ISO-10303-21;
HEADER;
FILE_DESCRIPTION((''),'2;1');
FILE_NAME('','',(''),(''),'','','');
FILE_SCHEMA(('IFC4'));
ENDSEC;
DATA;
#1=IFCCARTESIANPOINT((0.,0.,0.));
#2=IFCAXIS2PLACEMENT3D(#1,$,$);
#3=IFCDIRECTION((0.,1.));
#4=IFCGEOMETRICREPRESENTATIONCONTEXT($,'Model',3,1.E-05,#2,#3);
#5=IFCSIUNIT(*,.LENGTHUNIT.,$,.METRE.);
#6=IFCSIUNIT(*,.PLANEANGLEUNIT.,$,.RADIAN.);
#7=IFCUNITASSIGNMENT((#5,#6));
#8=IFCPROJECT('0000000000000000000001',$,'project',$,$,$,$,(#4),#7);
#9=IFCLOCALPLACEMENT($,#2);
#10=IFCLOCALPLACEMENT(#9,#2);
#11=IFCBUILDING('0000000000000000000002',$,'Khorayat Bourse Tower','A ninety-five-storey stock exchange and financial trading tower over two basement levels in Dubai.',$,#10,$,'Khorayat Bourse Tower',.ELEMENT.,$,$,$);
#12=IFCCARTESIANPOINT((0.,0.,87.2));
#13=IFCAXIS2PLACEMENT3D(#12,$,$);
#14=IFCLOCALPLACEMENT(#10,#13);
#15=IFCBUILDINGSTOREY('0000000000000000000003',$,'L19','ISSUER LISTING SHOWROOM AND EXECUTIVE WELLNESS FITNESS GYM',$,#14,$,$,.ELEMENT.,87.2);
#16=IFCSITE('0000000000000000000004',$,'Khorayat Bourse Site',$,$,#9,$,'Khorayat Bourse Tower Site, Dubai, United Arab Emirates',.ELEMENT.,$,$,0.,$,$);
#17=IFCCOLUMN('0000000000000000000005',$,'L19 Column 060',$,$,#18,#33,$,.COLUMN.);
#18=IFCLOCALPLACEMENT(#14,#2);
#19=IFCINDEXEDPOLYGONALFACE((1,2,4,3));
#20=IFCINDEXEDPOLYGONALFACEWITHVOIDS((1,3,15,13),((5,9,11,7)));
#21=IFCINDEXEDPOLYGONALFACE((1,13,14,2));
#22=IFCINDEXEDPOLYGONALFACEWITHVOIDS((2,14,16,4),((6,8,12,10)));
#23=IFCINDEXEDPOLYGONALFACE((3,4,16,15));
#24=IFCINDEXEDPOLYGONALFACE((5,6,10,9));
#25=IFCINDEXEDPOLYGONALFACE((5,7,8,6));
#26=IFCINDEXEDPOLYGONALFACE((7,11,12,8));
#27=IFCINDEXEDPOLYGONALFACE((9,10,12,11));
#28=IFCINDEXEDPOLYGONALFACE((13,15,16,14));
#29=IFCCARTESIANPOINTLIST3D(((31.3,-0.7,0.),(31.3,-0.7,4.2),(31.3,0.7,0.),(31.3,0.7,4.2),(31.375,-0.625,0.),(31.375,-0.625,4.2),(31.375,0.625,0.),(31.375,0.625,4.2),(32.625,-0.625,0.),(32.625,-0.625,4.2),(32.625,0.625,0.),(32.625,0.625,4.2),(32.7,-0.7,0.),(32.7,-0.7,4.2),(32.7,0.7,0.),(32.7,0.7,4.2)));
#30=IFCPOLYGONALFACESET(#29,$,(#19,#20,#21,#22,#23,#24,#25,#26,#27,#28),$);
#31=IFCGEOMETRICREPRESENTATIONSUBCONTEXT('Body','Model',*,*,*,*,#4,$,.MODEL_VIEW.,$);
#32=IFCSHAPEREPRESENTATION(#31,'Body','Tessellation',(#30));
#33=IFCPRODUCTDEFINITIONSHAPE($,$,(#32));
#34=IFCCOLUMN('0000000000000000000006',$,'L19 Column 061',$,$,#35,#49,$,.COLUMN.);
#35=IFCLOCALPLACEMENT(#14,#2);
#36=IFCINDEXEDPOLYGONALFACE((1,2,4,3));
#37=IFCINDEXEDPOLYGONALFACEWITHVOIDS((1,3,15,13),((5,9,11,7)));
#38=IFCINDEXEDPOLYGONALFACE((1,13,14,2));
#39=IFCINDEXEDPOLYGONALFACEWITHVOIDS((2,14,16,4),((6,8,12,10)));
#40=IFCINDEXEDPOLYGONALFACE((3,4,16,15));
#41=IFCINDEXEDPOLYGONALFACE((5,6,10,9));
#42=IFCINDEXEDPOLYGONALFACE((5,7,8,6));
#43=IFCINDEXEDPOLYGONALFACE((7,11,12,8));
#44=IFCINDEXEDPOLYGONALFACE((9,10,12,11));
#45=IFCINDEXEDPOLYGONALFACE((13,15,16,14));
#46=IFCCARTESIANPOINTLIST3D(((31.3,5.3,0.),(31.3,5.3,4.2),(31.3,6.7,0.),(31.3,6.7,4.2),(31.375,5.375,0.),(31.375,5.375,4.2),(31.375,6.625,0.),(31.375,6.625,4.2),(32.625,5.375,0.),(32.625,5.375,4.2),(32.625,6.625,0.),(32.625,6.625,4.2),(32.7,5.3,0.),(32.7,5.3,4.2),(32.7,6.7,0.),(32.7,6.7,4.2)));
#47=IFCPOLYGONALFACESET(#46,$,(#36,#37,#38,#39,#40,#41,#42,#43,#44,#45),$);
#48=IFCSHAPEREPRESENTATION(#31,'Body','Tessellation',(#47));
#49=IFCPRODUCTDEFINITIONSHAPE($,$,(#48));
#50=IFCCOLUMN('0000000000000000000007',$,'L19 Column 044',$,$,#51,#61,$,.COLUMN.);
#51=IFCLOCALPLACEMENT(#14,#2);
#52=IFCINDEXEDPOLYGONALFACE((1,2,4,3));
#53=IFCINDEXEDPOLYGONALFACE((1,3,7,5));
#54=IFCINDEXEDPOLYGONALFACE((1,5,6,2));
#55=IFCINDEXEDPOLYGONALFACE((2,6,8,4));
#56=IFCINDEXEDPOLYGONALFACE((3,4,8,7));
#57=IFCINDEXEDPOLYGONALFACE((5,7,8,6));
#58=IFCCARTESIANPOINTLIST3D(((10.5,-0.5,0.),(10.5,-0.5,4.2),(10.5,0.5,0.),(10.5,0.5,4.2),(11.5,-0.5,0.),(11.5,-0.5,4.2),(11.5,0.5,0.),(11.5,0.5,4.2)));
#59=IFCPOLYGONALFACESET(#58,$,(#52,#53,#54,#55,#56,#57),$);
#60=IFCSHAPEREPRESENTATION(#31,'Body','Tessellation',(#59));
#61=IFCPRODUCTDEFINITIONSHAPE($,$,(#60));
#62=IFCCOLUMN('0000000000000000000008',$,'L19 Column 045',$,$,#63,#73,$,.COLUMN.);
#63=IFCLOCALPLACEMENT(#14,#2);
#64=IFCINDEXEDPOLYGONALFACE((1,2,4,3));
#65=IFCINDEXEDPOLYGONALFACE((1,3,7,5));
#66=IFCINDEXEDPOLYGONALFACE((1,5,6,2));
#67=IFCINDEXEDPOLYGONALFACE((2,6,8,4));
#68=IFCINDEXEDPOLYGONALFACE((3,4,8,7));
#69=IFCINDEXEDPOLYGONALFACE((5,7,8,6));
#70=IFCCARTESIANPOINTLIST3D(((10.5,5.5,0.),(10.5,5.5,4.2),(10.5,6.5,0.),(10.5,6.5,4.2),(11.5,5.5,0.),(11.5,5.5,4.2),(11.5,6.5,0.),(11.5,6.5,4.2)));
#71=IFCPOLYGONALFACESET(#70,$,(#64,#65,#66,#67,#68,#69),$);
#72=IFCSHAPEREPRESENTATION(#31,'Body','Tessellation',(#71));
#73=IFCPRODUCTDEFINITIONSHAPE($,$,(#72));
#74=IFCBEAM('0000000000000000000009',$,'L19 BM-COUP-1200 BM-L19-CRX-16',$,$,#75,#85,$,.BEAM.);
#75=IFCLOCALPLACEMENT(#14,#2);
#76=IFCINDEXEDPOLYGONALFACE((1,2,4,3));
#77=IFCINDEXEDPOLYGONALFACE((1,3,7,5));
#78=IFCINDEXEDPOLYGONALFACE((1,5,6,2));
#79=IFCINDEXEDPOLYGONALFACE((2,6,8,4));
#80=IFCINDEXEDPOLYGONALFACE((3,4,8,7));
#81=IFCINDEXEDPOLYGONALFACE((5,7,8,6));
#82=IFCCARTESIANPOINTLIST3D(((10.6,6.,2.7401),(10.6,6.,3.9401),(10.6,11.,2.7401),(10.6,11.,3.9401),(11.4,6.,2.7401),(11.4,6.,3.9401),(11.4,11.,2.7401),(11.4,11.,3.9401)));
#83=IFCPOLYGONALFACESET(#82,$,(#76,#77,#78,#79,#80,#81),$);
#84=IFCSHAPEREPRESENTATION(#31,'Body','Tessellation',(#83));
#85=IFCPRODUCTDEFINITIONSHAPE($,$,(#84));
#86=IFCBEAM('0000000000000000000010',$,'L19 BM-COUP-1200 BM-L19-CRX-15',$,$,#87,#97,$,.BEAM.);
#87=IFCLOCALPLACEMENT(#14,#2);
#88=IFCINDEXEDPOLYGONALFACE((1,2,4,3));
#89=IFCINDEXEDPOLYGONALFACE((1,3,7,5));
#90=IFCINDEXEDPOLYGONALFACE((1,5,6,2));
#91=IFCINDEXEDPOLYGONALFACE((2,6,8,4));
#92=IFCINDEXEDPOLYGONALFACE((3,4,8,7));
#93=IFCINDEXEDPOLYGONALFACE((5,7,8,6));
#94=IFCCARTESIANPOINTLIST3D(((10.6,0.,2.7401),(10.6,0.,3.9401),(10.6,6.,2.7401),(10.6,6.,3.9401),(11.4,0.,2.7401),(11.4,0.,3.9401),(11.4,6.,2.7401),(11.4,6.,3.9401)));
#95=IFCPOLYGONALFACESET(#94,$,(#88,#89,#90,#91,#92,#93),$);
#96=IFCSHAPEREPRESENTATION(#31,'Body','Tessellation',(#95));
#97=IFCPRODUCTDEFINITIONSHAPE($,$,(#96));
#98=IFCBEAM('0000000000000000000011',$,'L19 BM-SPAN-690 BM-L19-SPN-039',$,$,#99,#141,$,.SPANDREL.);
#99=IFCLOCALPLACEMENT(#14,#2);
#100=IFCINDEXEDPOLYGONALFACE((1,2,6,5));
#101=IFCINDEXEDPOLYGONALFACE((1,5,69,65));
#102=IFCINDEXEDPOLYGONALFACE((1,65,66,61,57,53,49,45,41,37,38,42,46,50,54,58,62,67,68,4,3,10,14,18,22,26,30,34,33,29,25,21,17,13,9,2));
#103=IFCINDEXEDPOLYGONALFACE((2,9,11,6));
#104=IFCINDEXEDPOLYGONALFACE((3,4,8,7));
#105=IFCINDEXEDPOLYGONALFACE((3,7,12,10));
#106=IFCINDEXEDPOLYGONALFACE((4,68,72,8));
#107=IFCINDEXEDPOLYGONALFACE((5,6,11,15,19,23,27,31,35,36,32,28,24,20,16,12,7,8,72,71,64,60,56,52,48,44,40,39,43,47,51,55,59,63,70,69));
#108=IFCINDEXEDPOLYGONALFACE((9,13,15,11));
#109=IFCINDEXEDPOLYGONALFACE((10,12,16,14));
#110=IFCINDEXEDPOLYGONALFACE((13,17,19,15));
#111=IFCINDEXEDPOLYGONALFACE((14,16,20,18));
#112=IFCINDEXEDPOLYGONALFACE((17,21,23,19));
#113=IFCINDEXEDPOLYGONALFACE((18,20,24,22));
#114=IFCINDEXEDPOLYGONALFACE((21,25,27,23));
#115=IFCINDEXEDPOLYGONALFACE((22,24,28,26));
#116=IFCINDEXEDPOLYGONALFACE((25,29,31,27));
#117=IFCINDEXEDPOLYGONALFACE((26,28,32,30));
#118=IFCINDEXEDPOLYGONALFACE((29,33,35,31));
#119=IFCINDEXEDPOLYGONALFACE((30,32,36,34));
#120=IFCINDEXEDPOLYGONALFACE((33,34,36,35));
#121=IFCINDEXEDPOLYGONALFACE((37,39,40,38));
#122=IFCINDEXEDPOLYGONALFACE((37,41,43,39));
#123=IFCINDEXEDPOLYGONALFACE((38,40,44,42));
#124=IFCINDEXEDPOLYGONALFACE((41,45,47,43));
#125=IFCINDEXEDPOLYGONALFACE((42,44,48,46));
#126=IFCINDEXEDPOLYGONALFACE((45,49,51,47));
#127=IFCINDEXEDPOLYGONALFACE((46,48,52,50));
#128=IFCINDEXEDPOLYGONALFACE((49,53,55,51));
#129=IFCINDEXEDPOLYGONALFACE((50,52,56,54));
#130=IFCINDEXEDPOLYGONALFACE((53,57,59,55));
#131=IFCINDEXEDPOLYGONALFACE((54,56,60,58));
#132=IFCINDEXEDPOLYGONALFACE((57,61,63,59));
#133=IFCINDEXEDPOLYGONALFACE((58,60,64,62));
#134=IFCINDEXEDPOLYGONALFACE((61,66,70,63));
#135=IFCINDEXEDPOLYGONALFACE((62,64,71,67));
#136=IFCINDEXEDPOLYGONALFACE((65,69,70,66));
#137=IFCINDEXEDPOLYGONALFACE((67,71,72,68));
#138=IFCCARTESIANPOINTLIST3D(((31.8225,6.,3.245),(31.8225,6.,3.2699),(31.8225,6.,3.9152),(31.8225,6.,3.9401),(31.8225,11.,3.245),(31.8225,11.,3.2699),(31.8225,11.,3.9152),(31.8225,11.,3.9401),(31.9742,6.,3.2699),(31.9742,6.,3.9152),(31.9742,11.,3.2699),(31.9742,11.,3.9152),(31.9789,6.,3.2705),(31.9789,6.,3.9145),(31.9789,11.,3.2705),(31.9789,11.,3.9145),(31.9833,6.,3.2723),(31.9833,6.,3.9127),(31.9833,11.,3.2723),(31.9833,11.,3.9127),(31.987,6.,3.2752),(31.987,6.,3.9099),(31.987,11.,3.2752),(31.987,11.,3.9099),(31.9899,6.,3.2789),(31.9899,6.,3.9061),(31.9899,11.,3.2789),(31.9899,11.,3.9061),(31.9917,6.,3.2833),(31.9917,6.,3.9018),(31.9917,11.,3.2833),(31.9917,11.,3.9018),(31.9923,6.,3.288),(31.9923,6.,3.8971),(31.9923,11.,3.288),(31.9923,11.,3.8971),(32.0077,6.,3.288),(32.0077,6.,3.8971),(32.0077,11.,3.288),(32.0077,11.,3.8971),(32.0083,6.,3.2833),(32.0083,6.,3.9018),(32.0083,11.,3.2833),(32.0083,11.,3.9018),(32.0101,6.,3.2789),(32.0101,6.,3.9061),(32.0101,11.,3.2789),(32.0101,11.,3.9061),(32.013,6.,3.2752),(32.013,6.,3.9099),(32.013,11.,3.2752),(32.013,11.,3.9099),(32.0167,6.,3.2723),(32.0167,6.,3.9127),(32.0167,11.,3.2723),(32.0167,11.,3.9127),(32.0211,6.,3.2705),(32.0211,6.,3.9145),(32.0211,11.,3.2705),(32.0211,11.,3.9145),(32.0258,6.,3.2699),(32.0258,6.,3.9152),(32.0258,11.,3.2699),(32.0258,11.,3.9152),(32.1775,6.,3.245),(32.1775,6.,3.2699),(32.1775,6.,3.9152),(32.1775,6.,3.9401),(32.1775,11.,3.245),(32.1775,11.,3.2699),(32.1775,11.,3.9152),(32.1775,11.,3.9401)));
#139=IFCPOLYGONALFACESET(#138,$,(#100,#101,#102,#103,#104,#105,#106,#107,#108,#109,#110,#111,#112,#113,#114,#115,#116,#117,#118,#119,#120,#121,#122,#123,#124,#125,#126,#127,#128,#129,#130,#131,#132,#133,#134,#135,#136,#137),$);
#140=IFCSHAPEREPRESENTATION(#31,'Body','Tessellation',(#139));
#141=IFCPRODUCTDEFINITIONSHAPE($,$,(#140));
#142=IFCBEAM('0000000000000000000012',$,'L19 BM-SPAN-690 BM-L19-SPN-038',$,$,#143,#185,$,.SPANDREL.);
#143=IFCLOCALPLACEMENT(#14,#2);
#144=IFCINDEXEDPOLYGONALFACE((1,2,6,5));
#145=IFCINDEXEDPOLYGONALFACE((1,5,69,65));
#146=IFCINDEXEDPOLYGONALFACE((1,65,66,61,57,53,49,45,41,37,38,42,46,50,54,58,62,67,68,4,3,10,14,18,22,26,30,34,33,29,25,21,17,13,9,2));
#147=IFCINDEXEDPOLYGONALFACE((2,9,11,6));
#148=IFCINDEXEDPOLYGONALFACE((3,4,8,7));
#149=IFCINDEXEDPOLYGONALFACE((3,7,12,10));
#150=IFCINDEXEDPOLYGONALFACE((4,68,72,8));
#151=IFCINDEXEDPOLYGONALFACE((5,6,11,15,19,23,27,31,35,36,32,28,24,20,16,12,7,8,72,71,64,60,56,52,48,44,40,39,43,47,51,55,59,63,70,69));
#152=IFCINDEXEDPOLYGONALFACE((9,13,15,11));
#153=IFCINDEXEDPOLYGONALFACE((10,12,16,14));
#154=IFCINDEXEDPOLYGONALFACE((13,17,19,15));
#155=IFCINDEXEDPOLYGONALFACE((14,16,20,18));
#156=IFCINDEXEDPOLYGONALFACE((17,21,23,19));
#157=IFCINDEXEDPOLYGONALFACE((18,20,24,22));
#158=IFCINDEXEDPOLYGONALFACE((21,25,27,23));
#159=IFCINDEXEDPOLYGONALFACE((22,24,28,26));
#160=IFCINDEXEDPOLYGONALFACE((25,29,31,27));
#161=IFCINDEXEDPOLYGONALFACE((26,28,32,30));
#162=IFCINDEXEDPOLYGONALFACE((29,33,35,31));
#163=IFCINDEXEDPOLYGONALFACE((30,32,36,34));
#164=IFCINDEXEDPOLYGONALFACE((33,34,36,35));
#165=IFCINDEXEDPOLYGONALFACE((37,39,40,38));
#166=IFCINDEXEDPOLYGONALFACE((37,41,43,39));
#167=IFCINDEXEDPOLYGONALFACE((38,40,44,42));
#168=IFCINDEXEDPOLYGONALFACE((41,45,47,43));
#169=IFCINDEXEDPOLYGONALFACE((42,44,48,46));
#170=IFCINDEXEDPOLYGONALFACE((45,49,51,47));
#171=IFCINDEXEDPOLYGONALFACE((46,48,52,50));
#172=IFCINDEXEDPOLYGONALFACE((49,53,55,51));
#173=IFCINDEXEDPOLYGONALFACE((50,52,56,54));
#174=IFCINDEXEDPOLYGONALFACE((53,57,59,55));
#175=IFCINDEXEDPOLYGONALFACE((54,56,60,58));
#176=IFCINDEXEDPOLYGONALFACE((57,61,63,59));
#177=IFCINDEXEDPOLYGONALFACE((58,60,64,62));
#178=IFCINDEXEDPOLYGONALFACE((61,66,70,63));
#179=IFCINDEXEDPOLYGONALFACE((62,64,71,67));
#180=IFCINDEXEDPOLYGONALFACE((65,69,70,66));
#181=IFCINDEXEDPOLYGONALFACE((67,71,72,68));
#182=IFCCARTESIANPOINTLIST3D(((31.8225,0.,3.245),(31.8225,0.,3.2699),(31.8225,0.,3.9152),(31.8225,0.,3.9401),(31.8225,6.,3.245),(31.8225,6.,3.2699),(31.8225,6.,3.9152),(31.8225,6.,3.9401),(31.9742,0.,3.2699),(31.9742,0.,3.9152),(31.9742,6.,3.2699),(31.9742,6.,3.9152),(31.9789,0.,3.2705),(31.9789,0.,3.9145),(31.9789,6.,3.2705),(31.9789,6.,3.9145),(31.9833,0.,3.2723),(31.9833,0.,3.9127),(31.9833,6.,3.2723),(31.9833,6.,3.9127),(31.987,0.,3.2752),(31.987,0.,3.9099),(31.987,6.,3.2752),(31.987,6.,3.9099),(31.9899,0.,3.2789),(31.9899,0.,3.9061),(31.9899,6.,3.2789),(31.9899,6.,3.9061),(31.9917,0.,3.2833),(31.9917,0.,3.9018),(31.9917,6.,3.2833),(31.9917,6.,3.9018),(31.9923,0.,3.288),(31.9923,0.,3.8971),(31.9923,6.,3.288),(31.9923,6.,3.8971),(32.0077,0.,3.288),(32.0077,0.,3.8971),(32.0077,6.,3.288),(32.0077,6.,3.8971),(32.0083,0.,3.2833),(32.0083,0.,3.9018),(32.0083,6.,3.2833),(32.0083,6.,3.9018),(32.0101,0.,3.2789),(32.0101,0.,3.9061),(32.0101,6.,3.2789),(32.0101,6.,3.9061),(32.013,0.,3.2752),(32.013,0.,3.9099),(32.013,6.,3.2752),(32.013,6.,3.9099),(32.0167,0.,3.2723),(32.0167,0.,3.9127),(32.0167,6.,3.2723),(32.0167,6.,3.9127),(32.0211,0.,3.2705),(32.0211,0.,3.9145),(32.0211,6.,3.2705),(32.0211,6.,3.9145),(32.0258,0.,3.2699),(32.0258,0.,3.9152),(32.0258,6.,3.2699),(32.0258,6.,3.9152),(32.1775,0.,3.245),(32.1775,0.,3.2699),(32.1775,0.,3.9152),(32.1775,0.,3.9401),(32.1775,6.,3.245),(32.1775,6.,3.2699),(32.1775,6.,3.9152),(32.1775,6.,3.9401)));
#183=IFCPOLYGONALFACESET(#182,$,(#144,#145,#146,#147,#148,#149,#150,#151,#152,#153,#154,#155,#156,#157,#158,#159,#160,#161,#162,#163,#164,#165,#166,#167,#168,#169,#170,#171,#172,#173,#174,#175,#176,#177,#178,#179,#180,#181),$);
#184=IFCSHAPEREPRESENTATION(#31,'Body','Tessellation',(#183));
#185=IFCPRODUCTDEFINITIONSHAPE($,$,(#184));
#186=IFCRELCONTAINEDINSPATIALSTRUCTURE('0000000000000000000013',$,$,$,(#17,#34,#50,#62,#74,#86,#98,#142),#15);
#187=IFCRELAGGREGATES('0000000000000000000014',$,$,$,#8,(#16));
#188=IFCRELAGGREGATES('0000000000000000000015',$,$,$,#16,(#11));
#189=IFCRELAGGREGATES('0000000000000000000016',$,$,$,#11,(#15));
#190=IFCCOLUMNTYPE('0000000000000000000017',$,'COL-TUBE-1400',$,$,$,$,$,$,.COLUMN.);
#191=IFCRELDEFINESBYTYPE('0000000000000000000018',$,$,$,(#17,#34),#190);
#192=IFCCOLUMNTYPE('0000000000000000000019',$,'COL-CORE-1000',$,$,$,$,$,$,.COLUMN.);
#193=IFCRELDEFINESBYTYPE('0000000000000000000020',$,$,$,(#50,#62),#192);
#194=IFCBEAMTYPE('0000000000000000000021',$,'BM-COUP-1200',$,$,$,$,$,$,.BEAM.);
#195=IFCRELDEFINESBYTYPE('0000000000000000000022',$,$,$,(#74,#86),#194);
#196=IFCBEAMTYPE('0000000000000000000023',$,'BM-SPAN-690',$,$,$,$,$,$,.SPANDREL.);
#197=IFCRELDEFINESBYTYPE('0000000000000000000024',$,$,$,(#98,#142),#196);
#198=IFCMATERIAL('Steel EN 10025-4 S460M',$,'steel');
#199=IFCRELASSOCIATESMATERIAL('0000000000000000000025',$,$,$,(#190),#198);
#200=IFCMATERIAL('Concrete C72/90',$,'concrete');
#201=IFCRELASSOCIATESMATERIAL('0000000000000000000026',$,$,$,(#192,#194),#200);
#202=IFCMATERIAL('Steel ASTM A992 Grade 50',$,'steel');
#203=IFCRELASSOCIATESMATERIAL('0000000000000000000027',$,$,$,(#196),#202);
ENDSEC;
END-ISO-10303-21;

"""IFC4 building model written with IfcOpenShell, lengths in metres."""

from ifc_helpers import new_model, si_unit, direction, frame, origin, origin_2d, place, context, subcontext, project, spatial, rectangle, hollow_rectangle, i_section, extrude, source, transform, mapped, material, material_profile, profile_set, type_object, element, save


model = new_model("IFC4")

# Units and contexts
model_context = context("Model", 3, precision=1e-05, world=origin(), true_north=direction((0.0, 1.0)))
body_context = subcontext(model_context, "Body", "Model", "MODEL_VIEW")
ifc_project = project(units=[si_unit("LENGTHUNIT", "METRE"), si_unit("PLANEANGLEUNIT", "RADIAN")], contexts=[model_context])

# Site, building, storey
site_placement = place(None, origin())
site = spatial("IfcSite", under=ifc_project, at=site_placement, Name="Khorayat Bourse Site", LongName="Khorayat Bourse Tower Site, Dubai, United Arab Emirates", CompositionType="ELEMENT", RefElevation=0.0)
building_placement = place(site_placement, origin())
building = spatial("IfcBuilding", under=site, at=building_placement, Name="Khorayat Bourse Tower", Description="A ninety-five-storey stock exchange and financial trading tower over two basement levels in Dubai.", LongName="Khorayat Bourse Tower", CompositionType="ELEMENT")
storey_placement = place(building_placement, frame((0.0, 0.0, 87.2)))
storey = spatial("IfcBuildingStorey", under=building, at=storey_placement, Name="L19", Description="ISSUER LISTING SHOWROOM AND EXECUTIVE WELLNESS FITNESS GYM", CompositionType="ELEMENT", Elevation=87.2)

# Columns
ifc_material_1 = material(Name="Steel EN 10025-4 S460M", Category="steel")
ifc_material_profile_1 = material_profile(ifc_material_1, hollow_rectangle(XDim=1.3999, YDim=1.3999, WallThickness=0.075, at=origin_2d()), Name="BOX 1400x1400x75")
ifc_profile_set_1 = profile_set([ifc_material_profile_1], Name="Steel EN 10025-4 S460M")
column_type_1 = type_object("IfcColumnType", Name="COL-TUBE-1400", PredefinedType="COLUMN", material=ifc_profile_set_1)
shared_shape_1 = source(origin(), body_context, "Body", "SweptSolid", [
    extrude(hollow_rectangle(XDim=1.3999, YDim=1.3999, WallThickness=0.075, at=origin_2d()), origin(), (0.0, 0.0, 1.0), 4.2),
])
for number, where, z_axis, x_axis, name in (
    (1, (32.0, 0.0, 0.0), (0.0, 0.0, 1.0), (1.0, 0.0, 0.0), "L19 Column 060"),
    (2, (32.0, 6.0, 0.0), (0.0, 0.0, 1.0), (1.0, 0.0, 0.0), "L19 Column 061"),
):
    element("IfcColumn", number, at=place(storey_placement, frame(where, z_axis=z_axis, x_axis=x_axis)), inside=storey, type_object=column_type_1, Name=name, PredefinedType="COLUMN", context=body_context, shape_type="MappedRepresentation", body=[
        mapped(shared_shape_1, transform((0.0, 0.0, 0.0), scale=1.0)),
    ])
ifc_material_2 = material(Name="Concrete C72/90", Category="concrete")
ifc_material_profile_2 = material_profile(ifc_material_2, rectangle(XDim=1.0, YDim=1.0, at=origin_2d()), Name="RC 1000x1000")
ifc_profile_set_2 = profile_set([ifc_material_profile_2], Name="Concrete C72/90")
column_type_2 = type_object("IfcColumnType", Name="COL-CORE-1000", PredefinedType="COLUMN", material=ifc_profile_set_2)
shared_shape_2 = source(origin(), body_context, "Body", "SweptSolid", [
    extrude(rectangle(XDim=1.0, YDim=1.0, at=origin_2d()), origin(), (0.0, 0.0, 1.0), 4.2),
])
for number, where, z_axis, x_axis, name in (
    (3, (11.0, 0.0, 0.0), (0.0, 0.0, 1.0), (1.0, 0.0, 0.0), "L19 Column 044"),
    (4, (11.0, 6.0, 0.0), (0.0, 0.0, 1.0), (1.0, 0.0, 0.0), "L19 Column 045"),
):
    element("IfcColumn", number, at=place(storey_placement, frame(where, z_axis=z_axis, x_axis=x_axis)), inside=storey, type_object=column_type_2, Name=name, PredefinedType="COLUMN", context=body_context, shape_type="MappedRepresentation", body=[
        mapped(shared_shape_2, transform((0.0, 0.0, 0.0), scale=1.0)),
    ])

# Beams
ifc_material_profile_3 = material_profile(ifc_material_2, rectangle(XDim=0.8, YDim=1.2, at=origin_2d()), Name="RC 800x1200")
ifc_profile_set_3 = profile_set([ifc_material_profile_3], Name="Concrete C72/90")
beam_type_1 = type_object("IfcBeamType", Name="BM-COUP-1200", PredefinedType="BEAM", material=ifc_profile_set_3)
shared_shape_3 = source(origin(), body_context, "Body", "SweptSolid", [
    extrude(rectangle(XDim=0.8, YDim=1.2, at=origin_2d()), origin(), (0.0, 0.0, 1.0), 5.0),
])
beam_1_placement = place(storey_placement, frame((11.0, 6.0, 3.3401), z_axis=(0.0, 1.0, 0.0), x_axis=(-1.0, 0.0, 0.0)))
element("IfcBeam", 5, at=beam_1_placement, inside=storey, type_object=beam_type_1, Name="L19 BM-COUP-1200 BM-L19-CRX-16", PredefinedType="BEAM", context=body_context, shape_type="MappedRepresentation", body=[
    mapped(shared_shape_3, transform((0.0, 0.0, 0.0), scale=1.0)),
])
shared_shape_4 = source(origin(), body_context, "Body", "SweptSolid", [
    extrude(rectangle(XDim=0.8, YDim=1.2, at=origin_2d()), origin(), (0.0, 0.0, 1.0), 6.0),
])
beam_2_placement = place(storey_placement, frame((11.0, 0.0, 3.3401), z_axis=(0.0, 1.0, 0.0), x_axis=(-1.0, 0.0, 0.0)))
element("IfcBeam", 6, at=beam_2_placement, inside=storey, type_object=beam_type_1, Name="L19 BM-COUP-1200 BM-L19-CRX-15", PredefinedType="BEAM", context=body_context, shape_type="MappedRepresentation", body=[
    mapped(shared_shape_4, transform((0.0, 0.0, 0.0), scale=1.0)),
])
ifc_material_3 = material(Name="Steel ASTM A992 Grade 50", Category="steel")
ifc_material_profile_4 = material_profile(ifc_material_3, i_section(OverallWidth=0.355, OverallDepth=0.6951, WebThickness=0.0154, FlangeThickness=0.0249, FilletRadius=0.0181, at=origin_2d()), Name="W690X217")
ifc_profile_set_4 = profile_set([ifc_material_profile_4], Name="Steel ASTM A992 Grade 50")
beam_type_2 = type_object("IfcBeamType", Name="BM-SPAN-690", PredefinedType="SPANDREL", material=ifc_profile_set_4)
shared_shape_5 = source(origin(), body_context, "Body", "SweptSolid", [
    extrude(i_section(OverallWidth=0.355, OverallDepth=0.6951, WebThickness=0.0154, FlangeThickness=0.0249, FilletRadius=0.0181, at=origin_2d()), origin(), (0.0, 0.0, 1.0), 5.0),
])
beam_3_placement = place(storey_placement, frame((32.0, 6.0, 3.5925), z_axis=(0.0, 1.0, 0.0), x_axis=(-1.0, 0.0, 0.0)))
element("IfcBeam", 7, at=beam_3_placement, inside=storey, type_object=beam_type_2, Name="L19 BM-SPAN-690 BM-L19-SPN-039", PredefinedType="SPANDREL", context=body_context, shape_type="MappedRepresentation", body=[
    mapped(shared_shape_5, transform((0.0, 0.0, 0.0), scale=1.0)),
])
shared_shape_6 = source(origin(), body_context, "Body", "SweptSolid", [
    extrude(i_section(OverallWidth=0.355, OverallDepth=0.6951, WebThickness=0.0154, FlangeThickness=0.0249, FilletRadius=0.0181, at=origin_2d()), origin(), (0.0, 0.0, 1.0), 6.0),
])
beam_4_placement = place(storey_placement, frame((32.0, 0.0, 3.5925), z_axis=(0.0, 1.0, 0.0), x_axis=(-1.0, 0.0, 0.0)))
element("IfcBeam", 8, at=beam_4_placement, inside=storey, type_object=beam_type_2, Name="L19 BM-SPAN-690 BM-L19-SPN-038", PredefinedType="SPANDREL", context=body_context, shape_type="MappedRepresentation", body=[
    mapped(shared_shape_6, transform((0.0, 0.0, 0.0), scale=1.0)),
])

save(model, "model.ifc")
